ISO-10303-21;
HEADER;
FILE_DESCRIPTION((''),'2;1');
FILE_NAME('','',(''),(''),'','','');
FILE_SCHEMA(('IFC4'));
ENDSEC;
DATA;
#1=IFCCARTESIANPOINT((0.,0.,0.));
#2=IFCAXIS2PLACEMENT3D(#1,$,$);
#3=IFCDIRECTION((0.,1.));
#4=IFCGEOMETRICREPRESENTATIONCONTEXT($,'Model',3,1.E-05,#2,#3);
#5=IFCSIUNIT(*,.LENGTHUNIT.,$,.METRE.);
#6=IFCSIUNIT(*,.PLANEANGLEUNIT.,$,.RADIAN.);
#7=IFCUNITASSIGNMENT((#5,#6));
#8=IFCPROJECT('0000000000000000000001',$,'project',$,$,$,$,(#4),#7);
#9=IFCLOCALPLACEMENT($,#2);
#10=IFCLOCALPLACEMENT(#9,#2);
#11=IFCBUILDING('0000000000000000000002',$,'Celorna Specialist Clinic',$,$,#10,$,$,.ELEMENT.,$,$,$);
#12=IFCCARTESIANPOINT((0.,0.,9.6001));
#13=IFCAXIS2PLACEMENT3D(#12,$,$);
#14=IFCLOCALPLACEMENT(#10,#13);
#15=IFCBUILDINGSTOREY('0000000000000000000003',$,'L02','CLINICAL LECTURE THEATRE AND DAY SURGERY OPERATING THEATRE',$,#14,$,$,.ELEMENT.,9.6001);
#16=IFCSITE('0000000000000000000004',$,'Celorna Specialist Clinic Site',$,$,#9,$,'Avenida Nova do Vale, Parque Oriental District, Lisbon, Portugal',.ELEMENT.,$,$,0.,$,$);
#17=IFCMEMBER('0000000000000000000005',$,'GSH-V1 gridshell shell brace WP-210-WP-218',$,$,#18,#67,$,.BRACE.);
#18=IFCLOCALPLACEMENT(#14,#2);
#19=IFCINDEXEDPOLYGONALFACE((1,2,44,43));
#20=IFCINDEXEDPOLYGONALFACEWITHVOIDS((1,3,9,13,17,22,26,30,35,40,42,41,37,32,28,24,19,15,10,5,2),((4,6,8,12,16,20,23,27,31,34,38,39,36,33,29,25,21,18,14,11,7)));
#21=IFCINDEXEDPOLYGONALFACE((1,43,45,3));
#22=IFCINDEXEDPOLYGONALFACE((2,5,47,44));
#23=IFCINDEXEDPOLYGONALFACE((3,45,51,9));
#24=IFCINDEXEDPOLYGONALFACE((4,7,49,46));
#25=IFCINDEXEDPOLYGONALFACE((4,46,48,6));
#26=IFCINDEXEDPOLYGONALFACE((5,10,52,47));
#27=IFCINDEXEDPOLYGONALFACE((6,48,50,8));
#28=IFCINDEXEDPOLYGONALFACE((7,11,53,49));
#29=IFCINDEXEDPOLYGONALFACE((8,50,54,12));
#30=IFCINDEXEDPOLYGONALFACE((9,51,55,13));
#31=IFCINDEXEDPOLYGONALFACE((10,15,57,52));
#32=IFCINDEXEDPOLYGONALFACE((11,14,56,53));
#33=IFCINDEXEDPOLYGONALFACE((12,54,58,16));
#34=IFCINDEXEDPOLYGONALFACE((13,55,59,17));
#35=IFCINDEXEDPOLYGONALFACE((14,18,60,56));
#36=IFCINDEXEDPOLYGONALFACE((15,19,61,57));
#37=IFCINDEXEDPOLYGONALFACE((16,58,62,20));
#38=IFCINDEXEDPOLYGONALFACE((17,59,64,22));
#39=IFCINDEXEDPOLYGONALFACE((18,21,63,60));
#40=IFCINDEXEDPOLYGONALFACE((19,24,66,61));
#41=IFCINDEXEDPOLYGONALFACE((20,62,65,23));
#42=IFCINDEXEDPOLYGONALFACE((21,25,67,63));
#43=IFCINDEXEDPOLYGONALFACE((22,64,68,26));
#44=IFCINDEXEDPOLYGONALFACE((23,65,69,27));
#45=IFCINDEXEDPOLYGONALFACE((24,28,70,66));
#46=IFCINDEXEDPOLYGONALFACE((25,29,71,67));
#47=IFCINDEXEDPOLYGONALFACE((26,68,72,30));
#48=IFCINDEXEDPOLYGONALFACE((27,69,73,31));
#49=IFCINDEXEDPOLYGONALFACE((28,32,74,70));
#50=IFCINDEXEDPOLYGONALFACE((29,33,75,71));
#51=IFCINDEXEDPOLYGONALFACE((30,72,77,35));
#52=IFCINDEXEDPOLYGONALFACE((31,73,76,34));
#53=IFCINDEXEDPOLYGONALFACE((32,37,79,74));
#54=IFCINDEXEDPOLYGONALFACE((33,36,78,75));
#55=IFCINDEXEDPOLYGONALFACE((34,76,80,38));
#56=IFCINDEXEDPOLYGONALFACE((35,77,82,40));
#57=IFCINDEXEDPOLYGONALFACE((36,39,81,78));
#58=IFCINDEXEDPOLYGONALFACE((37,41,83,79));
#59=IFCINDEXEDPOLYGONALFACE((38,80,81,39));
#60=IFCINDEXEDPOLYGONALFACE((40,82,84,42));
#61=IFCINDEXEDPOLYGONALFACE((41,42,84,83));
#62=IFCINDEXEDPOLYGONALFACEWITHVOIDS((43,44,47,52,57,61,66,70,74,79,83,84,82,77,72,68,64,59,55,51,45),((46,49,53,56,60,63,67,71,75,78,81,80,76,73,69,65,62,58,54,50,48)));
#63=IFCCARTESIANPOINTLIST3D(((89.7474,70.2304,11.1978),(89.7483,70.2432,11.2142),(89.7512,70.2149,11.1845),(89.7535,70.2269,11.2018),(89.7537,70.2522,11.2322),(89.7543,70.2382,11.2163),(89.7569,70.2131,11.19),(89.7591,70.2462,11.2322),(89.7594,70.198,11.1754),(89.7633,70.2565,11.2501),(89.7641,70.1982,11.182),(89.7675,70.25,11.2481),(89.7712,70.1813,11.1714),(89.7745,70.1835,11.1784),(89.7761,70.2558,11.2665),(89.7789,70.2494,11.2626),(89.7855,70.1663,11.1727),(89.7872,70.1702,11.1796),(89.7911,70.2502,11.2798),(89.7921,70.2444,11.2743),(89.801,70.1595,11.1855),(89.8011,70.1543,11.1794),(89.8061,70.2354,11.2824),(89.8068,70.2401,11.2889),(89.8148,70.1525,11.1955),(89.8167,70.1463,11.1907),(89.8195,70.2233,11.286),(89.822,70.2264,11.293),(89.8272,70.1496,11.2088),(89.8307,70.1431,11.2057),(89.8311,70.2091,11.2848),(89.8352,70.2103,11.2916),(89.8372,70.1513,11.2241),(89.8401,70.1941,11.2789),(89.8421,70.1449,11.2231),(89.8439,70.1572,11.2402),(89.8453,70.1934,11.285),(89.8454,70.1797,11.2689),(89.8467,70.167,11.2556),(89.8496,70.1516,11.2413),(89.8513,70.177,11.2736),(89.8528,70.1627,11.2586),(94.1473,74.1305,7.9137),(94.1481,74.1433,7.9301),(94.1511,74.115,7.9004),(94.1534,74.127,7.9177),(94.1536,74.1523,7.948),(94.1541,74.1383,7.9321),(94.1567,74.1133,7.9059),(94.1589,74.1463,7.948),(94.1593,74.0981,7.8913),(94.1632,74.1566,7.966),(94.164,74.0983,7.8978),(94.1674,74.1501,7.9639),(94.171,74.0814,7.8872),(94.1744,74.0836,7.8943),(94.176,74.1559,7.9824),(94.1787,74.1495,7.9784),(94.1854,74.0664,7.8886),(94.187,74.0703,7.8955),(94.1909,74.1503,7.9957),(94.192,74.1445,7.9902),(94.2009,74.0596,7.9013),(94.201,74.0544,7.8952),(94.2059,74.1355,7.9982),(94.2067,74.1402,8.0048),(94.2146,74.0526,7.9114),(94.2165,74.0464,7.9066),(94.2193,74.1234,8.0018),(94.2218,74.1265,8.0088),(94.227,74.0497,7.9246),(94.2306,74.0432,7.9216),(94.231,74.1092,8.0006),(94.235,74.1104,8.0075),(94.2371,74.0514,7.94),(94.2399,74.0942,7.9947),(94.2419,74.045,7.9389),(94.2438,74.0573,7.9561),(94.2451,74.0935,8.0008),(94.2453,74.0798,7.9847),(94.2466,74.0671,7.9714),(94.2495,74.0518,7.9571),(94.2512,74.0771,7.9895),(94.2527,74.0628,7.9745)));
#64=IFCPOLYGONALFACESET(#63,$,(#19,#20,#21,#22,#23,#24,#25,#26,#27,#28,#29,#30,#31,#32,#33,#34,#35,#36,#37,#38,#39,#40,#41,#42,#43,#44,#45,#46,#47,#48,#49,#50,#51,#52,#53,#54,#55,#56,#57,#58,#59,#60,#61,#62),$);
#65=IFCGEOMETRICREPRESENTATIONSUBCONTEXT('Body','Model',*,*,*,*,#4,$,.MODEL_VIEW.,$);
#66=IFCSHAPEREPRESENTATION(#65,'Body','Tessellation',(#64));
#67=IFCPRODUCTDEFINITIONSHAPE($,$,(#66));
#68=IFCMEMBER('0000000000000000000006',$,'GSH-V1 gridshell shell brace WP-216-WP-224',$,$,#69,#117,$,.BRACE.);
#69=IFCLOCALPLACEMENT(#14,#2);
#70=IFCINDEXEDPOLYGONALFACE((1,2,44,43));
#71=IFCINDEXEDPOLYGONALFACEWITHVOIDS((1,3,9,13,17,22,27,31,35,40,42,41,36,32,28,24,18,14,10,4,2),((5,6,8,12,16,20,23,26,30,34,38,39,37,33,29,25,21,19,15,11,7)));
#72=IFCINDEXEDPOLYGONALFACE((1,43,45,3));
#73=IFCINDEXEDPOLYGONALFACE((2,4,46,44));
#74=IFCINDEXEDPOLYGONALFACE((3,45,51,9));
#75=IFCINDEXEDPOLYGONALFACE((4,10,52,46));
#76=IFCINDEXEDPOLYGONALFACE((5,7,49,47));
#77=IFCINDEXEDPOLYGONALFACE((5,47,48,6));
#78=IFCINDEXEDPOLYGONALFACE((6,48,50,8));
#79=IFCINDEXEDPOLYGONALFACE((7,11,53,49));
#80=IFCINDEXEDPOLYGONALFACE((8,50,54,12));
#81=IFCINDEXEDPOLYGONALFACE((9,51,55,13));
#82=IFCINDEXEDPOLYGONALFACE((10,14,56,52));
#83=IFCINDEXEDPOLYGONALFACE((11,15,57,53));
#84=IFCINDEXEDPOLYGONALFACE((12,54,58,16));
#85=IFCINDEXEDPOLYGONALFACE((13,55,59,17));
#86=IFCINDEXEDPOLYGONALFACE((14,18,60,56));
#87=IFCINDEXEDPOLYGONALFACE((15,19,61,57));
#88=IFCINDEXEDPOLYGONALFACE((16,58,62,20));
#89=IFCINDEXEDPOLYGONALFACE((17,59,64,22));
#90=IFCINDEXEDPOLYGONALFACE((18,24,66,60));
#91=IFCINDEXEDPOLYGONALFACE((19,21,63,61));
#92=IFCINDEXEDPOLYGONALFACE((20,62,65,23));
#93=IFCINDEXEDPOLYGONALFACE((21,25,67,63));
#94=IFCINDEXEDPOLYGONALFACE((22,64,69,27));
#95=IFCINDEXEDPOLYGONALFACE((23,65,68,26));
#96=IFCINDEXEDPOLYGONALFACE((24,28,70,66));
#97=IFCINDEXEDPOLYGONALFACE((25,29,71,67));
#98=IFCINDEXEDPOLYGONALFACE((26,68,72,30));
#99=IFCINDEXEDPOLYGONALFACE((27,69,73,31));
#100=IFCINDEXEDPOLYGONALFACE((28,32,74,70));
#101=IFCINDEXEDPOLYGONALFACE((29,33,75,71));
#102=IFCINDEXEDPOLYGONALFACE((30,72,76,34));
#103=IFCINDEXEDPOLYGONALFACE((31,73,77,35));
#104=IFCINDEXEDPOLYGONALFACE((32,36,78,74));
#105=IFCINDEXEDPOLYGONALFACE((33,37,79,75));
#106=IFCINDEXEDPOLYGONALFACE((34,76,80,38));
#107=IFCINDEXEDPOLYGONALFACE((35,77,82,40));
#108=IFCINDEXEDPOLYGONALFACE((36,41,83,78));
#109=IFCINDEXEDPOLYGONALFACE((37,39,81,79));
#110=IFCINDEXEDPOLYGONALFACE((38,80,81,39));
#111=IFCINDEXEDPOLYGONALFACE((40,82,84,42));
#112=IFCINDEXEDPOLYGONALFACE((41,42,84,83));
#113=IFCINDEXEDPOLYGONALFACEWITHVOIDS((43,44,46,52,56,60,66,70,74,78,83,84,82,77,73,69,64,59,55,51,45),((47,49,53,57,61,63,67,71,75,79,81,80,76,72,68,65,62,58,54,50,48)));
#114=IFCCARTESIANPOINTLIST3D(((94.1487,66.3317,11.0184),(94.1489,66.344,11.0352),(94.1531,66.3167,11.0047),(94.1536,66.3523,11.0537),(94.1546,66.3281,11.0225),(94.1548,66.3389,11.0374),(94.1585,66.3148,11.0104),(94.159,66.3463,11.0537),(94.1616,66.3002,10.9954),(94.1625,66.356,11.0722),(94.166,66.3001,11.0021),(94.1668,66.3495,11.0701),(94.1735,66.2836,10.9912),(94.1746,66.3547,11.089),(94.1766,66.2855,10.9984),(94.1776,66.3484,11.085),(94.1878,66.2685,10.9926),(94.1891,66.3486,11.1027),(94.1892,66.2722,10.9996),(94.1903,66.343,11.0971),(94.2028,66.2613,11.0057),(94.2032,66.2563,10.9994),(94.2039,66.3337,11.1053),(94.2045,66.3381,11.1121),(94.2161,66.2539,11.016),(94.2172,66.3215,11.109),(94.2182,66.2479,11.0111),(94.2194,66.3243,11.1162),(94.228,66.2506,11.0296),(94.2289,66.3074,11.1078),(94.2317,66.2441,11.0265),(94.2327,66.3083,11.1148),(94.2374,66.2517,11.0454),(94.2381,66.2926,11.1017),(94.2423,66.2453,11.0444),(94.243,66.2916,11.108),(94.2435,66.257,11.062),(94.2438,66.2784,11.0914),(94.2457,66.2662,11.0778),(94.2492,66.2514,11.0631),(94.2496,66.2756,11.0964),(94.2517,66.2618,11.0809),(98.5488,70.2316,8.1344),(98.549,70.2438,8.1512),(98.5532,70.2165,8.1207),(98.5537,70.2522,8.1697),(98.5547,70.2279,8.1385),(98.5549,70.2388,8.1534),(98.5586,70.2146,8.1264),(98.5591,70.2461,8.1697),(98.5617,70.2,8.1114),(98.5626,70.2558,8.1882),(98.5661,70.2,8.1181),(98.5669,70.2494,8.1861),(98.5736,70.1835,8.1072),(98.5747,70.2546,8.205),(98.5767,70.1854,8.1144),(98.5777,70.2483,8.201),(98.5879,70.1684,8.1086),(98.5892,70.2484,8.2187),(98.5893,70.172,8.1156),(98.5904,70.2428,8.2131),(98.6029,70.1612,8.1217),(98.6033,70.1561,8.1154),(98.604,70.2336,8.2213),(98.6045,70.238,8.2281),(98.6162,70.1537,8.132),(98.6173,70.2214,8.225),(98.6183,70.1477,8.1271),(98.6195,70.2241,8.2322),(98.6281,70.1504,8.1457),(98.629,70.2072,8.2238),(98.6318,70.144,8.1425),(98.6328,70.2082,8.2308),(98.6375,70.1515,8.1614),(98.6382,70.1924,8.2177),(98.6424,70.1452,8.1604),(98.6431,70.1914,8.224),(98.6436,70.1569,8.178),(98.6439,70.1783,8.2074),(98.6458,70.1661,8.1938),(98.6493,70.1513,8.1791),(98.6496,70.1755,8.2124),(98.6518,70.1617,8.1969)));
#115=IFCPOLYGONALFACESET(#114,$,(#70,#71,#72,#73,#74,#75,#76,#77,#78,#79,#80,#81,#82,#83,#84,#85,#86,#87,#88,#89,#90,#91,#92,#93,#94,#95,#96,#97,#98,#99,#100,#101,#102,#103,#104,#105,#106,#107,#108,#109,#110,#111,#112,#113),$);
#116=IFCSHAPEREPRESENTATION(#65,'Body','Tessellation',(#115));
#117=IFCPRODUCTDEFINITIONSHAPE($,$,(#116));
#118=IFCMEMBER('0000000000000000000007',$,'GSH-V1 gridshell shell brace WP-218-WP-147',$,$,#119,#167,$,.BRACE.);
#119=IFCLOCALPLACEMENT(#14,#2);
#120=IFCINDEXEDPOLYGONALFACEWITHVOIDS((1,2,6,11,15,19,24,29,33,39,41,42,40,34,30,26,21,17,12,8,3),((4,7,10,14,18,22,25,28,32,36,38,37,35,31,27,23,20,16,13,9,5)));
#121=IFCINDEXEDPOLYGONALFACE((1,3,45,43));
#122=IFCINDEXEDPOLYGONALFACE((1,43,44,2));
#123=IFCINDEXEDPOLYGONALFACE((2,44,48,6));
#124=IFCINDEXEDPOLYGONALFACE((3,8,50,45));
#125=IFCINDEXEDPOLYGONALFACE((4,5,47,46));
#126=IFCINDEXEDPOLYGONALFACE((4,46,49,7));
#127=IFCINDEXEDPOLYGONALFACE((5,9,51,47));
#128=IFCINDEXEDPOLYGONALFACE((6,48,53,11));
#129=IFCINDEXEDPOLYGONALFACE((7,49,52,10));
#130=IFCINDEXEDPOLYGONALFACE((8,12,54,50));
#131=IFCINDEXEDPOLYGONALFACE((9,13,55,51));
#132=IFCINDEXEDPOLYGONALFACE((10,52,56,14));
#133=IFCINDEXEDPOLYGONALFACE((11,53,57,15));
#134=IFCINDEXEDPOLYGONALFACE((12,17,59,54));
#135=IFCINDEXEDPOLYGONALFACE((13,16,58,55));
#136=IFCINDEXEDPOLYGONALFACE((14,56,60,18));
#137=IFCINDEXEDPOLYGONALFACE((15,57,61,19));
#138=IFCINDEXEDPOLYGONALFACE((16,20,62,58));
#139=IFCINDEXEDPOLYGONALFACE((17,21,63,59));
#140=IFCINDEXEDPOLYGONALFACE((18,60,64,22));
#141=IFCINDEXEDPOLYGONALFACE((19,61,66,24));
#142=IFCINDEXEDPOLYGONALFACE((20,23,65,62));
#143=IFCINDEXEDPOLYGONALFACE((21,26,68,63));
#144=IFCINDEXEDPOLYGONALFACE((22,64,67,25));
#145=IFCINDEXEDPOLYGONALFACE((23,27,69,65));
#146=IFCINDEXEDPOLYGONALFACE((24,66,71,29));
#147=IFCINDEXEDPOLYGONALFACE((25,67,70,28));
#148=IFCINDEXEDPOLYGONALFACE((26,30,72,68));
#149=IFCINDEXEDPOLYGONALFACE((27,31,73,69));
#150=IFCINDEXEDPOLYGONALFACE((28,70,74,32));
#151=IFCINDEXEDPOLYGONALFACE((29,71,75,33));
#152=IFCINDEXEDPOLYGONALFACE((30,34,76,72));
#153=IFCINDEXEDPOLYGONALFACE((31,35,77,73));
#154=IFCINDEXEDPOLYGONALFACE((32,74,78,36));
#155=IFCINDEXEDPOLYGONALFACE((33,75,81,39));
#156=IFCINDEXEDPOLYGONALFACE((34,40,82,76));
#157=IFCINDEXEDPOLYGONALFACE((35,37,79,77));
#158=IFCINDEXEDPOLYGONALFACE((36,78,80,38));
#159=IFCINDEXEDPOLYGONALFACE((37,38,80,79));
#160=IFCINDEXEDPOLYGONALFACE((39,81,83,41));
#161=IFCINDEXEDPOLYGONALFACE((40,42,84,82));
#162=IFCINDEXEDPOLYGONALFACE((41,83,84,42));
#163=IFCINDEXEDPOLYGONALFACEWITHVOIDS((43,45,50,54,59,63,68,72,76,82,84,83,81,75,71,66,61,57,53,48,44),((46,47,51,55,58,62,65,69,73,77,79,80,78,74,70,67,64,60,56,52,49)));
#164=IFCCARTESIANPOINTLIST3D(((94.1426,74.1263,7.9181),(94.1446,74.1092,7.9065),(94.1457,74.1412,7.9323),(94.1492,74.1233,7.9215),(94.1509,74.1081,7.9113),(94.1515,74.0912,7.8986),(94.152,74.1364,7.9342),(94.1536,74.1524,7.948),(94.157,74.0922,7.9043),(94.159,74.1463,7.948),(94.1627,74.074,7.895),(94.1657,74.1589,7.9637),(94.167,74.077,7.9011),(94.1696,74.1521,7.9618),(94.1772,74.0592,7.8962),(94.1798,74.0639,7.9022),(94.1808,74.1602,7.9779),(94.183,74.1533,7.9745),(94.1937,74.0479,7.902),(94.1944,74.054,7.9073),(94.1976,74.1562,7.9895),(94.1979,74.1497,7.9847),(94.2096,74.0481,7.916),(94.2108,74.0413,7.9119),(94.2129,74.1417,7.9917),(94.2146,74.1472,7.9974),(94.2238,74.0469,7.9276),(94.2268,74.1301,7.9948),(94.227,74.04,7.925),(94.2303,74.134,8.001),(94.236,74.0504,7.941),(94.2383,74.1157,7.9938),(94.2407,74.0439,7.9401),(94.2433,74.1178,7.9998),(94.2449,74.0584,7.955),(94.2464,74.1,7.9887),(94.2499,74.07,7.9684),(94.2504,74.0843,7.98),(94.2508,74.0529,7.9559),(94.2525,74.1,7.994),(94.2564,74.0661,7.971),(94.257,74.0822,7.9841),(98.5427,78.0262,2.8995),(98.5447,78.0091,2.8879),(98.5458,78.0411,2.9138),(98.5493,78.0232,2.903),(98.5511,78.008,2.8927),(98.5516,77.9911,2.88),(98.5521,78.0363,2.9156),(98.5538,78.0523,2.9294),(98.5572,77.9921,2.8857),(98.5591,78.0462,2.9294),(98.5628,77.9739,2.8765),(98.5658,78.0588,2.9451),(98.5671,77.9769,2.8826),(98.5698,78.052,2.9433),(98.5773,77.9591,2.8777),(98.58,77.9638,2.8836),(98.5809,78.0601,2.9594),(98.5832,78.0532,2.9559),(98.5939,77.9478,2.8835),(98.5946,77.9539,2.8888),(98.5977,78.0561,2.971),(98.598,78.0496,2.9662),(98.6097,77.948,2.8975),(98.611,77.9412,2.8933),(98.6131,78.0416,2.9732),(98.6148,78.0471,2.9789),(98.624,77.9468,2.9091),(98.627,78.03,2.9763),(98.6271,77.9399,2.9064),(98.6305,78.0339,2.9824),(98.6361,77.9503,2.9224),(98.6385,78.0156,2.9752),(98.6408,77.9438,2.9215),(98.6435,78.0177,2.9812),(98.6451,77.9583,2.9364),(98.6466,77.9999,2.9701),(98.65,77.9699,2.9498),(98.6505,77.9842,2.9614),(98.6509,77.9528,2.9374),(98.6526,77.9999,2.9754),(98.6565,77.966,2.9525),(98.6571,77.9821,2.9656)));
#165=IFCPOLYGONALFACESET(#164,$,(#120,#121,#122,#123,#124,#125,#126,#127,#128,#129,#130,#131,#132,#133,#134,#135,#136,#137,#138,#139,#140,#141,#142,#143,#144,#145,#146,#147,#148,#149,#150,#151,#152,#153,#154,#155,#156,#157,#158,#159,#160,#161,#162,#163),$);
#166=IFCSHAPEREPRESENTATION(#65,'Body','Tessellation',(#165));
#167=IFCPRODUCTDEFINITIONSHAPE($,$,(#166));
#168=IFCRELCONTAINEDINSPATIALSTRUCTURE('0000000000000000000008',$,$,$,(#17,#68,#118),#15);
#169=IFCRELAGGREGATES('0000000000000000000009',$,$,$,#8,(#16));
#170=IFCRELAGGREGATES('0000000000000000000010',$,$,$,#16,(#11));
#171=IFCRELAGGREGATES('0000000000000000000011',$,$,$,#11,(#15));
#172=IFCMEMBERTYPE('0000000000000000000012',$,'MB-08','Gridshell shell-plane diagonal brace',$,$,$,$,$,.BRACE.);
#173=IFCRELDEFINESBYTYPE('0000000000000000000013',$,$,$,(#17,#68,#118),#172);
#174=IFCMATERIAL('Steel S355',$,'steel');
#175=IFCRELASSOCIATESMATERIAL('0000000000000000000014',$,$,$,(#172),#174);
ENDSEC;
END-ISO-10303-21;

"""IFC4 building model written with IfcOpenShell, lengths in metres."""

from ifc_helpers import new_model, si_unit, direction, frame, origin, origin_2d, place, context, subcontext, project, spatial, hollow_circle, extrude, material, material_profile, profile_set, type_object, element, save


model = new_model("IFC4")

# Units and contexts
model_context = context("Model", 3, precision=1e-05, world=origin(), true_north=direction((0.0, 1.0)))
body_context = subcontext(model_context, "Body", "Model", "MODEL_VIEW")
ifc_project = project(units=[si_unit("LENGTHUNIT", "METRE"), si_unit("PLANEANGLEUNIT", "RADIAN")], contexts=[model_context])

# Site, building, storey
site_placement = place(None, origin())
site = spatial("IfcSite", under=ifc_project, at=site_placement, Name="Celorna Specialist Clinic Site", LongName="Avenida Nova do Vale, Parque Oriental District, Lisbon, Portugal", CompositionType="ELEMENT", RefElevation=0.0)
building_placement = place(site_placement, origin())
building = spatial("IfcBuilding", under=site, at=building_placement, Name="Celorna Specialist Clinic", CompositionType="ELEMENT")
storey_placement = place(building_placement, frame((0.0, 0.0, 9.6001)))
storey = spatial("IfcBuildingStorey", under=building, at=storey_placement, Name="L02", Description="CLINICAL LECTURE THEATRE AND DAY SURGERY OPERATING THEATRE", CompositionType="ELEMENT", Elevation=9.6001)

# Shared definitions
ifc_material_1 = material(Name="Steel S355", Category="steel")

# Members
ifc_material_profile_1 = material_profile(ifc_material_1, hollow_circle(Radius=0.0698, WallThickness=0.0081, at=origin_2d()), Name="CHS 139.7x8")
ifc_profile_set_1 = profile_set([ifc_material_profile_1], Name="Steel S355")
member_type_1 = type_object("IfcMemberType", Name="MB-08", Description="Gridshell shell-plane diagonal brace", PredefinedType="BRACE", material=ifc_profile_set_1)
member_1_placement = place(storey_placement, frame((89.8, 70.2, 11.2322), z_axis=(0.653319, 0.579113, -0.487651), x_axis=(-0.66333, 0.748327, 0.0)))
element("IfcMember", 1, at=member_1_placement, inside=storey, type_object=member_type_1, Name="GSH-V1 gridshell shell brace WP-210-WP-218", PredefinedType="BRACE", context=body_context, shape_type="SweptSolid", body=[
    extrude(hollow_circle(Radius=0.0698, WallThickness=0.0081, at=origin_2d()), origin(), (0.0, 0.0, 1.0), 6.7346),
])
member_2_placement = place(storey_placement, frame((94.2, 66.3, 11.0537), z_axis=(0.67189, 0.595504, -0.440384), x_axis=(-0.663286, 0.748366, 0.0)))
element("IfcMember", 2, at=member_2_placement, inside=storey, type_object=member_type_1, Name="GSH-V1 gridshell shell brace WP-216-WP-224", PredefinedType="BRACE", context=body_context, shape_type="SweptSolid", body=[
    extrude(hollow_circle(Radius=0.0698, WallThickness=0.0081, at=origin_2d()), origin(), (0.0, 0.0, 1.0), 6.5488),
])
member_3_placement = place(storey_placement, frame((94.2, 74.1001, 7.948), z_axis=(0.569213, 0.5045, -0.649212), x_axis=(-0.663286, 0.748366, 0.0)))
element("IfcMember", 3, at=member_3_placement, inside=storey, type_object=member_type_1, Name="GSH-V1 gridshell shell brace WP-218-WP-147", PredefinedType="BRACE", context=body_context, shape_type="SweptSolid", body=[
    extrude(hollow_circle(Radius=0.0698, WallThickness=0.0081, at=origin_2d()), origin(), (0.0, 0.0, 1.0), 7.7302),
])

save(model, "model.ifc")
